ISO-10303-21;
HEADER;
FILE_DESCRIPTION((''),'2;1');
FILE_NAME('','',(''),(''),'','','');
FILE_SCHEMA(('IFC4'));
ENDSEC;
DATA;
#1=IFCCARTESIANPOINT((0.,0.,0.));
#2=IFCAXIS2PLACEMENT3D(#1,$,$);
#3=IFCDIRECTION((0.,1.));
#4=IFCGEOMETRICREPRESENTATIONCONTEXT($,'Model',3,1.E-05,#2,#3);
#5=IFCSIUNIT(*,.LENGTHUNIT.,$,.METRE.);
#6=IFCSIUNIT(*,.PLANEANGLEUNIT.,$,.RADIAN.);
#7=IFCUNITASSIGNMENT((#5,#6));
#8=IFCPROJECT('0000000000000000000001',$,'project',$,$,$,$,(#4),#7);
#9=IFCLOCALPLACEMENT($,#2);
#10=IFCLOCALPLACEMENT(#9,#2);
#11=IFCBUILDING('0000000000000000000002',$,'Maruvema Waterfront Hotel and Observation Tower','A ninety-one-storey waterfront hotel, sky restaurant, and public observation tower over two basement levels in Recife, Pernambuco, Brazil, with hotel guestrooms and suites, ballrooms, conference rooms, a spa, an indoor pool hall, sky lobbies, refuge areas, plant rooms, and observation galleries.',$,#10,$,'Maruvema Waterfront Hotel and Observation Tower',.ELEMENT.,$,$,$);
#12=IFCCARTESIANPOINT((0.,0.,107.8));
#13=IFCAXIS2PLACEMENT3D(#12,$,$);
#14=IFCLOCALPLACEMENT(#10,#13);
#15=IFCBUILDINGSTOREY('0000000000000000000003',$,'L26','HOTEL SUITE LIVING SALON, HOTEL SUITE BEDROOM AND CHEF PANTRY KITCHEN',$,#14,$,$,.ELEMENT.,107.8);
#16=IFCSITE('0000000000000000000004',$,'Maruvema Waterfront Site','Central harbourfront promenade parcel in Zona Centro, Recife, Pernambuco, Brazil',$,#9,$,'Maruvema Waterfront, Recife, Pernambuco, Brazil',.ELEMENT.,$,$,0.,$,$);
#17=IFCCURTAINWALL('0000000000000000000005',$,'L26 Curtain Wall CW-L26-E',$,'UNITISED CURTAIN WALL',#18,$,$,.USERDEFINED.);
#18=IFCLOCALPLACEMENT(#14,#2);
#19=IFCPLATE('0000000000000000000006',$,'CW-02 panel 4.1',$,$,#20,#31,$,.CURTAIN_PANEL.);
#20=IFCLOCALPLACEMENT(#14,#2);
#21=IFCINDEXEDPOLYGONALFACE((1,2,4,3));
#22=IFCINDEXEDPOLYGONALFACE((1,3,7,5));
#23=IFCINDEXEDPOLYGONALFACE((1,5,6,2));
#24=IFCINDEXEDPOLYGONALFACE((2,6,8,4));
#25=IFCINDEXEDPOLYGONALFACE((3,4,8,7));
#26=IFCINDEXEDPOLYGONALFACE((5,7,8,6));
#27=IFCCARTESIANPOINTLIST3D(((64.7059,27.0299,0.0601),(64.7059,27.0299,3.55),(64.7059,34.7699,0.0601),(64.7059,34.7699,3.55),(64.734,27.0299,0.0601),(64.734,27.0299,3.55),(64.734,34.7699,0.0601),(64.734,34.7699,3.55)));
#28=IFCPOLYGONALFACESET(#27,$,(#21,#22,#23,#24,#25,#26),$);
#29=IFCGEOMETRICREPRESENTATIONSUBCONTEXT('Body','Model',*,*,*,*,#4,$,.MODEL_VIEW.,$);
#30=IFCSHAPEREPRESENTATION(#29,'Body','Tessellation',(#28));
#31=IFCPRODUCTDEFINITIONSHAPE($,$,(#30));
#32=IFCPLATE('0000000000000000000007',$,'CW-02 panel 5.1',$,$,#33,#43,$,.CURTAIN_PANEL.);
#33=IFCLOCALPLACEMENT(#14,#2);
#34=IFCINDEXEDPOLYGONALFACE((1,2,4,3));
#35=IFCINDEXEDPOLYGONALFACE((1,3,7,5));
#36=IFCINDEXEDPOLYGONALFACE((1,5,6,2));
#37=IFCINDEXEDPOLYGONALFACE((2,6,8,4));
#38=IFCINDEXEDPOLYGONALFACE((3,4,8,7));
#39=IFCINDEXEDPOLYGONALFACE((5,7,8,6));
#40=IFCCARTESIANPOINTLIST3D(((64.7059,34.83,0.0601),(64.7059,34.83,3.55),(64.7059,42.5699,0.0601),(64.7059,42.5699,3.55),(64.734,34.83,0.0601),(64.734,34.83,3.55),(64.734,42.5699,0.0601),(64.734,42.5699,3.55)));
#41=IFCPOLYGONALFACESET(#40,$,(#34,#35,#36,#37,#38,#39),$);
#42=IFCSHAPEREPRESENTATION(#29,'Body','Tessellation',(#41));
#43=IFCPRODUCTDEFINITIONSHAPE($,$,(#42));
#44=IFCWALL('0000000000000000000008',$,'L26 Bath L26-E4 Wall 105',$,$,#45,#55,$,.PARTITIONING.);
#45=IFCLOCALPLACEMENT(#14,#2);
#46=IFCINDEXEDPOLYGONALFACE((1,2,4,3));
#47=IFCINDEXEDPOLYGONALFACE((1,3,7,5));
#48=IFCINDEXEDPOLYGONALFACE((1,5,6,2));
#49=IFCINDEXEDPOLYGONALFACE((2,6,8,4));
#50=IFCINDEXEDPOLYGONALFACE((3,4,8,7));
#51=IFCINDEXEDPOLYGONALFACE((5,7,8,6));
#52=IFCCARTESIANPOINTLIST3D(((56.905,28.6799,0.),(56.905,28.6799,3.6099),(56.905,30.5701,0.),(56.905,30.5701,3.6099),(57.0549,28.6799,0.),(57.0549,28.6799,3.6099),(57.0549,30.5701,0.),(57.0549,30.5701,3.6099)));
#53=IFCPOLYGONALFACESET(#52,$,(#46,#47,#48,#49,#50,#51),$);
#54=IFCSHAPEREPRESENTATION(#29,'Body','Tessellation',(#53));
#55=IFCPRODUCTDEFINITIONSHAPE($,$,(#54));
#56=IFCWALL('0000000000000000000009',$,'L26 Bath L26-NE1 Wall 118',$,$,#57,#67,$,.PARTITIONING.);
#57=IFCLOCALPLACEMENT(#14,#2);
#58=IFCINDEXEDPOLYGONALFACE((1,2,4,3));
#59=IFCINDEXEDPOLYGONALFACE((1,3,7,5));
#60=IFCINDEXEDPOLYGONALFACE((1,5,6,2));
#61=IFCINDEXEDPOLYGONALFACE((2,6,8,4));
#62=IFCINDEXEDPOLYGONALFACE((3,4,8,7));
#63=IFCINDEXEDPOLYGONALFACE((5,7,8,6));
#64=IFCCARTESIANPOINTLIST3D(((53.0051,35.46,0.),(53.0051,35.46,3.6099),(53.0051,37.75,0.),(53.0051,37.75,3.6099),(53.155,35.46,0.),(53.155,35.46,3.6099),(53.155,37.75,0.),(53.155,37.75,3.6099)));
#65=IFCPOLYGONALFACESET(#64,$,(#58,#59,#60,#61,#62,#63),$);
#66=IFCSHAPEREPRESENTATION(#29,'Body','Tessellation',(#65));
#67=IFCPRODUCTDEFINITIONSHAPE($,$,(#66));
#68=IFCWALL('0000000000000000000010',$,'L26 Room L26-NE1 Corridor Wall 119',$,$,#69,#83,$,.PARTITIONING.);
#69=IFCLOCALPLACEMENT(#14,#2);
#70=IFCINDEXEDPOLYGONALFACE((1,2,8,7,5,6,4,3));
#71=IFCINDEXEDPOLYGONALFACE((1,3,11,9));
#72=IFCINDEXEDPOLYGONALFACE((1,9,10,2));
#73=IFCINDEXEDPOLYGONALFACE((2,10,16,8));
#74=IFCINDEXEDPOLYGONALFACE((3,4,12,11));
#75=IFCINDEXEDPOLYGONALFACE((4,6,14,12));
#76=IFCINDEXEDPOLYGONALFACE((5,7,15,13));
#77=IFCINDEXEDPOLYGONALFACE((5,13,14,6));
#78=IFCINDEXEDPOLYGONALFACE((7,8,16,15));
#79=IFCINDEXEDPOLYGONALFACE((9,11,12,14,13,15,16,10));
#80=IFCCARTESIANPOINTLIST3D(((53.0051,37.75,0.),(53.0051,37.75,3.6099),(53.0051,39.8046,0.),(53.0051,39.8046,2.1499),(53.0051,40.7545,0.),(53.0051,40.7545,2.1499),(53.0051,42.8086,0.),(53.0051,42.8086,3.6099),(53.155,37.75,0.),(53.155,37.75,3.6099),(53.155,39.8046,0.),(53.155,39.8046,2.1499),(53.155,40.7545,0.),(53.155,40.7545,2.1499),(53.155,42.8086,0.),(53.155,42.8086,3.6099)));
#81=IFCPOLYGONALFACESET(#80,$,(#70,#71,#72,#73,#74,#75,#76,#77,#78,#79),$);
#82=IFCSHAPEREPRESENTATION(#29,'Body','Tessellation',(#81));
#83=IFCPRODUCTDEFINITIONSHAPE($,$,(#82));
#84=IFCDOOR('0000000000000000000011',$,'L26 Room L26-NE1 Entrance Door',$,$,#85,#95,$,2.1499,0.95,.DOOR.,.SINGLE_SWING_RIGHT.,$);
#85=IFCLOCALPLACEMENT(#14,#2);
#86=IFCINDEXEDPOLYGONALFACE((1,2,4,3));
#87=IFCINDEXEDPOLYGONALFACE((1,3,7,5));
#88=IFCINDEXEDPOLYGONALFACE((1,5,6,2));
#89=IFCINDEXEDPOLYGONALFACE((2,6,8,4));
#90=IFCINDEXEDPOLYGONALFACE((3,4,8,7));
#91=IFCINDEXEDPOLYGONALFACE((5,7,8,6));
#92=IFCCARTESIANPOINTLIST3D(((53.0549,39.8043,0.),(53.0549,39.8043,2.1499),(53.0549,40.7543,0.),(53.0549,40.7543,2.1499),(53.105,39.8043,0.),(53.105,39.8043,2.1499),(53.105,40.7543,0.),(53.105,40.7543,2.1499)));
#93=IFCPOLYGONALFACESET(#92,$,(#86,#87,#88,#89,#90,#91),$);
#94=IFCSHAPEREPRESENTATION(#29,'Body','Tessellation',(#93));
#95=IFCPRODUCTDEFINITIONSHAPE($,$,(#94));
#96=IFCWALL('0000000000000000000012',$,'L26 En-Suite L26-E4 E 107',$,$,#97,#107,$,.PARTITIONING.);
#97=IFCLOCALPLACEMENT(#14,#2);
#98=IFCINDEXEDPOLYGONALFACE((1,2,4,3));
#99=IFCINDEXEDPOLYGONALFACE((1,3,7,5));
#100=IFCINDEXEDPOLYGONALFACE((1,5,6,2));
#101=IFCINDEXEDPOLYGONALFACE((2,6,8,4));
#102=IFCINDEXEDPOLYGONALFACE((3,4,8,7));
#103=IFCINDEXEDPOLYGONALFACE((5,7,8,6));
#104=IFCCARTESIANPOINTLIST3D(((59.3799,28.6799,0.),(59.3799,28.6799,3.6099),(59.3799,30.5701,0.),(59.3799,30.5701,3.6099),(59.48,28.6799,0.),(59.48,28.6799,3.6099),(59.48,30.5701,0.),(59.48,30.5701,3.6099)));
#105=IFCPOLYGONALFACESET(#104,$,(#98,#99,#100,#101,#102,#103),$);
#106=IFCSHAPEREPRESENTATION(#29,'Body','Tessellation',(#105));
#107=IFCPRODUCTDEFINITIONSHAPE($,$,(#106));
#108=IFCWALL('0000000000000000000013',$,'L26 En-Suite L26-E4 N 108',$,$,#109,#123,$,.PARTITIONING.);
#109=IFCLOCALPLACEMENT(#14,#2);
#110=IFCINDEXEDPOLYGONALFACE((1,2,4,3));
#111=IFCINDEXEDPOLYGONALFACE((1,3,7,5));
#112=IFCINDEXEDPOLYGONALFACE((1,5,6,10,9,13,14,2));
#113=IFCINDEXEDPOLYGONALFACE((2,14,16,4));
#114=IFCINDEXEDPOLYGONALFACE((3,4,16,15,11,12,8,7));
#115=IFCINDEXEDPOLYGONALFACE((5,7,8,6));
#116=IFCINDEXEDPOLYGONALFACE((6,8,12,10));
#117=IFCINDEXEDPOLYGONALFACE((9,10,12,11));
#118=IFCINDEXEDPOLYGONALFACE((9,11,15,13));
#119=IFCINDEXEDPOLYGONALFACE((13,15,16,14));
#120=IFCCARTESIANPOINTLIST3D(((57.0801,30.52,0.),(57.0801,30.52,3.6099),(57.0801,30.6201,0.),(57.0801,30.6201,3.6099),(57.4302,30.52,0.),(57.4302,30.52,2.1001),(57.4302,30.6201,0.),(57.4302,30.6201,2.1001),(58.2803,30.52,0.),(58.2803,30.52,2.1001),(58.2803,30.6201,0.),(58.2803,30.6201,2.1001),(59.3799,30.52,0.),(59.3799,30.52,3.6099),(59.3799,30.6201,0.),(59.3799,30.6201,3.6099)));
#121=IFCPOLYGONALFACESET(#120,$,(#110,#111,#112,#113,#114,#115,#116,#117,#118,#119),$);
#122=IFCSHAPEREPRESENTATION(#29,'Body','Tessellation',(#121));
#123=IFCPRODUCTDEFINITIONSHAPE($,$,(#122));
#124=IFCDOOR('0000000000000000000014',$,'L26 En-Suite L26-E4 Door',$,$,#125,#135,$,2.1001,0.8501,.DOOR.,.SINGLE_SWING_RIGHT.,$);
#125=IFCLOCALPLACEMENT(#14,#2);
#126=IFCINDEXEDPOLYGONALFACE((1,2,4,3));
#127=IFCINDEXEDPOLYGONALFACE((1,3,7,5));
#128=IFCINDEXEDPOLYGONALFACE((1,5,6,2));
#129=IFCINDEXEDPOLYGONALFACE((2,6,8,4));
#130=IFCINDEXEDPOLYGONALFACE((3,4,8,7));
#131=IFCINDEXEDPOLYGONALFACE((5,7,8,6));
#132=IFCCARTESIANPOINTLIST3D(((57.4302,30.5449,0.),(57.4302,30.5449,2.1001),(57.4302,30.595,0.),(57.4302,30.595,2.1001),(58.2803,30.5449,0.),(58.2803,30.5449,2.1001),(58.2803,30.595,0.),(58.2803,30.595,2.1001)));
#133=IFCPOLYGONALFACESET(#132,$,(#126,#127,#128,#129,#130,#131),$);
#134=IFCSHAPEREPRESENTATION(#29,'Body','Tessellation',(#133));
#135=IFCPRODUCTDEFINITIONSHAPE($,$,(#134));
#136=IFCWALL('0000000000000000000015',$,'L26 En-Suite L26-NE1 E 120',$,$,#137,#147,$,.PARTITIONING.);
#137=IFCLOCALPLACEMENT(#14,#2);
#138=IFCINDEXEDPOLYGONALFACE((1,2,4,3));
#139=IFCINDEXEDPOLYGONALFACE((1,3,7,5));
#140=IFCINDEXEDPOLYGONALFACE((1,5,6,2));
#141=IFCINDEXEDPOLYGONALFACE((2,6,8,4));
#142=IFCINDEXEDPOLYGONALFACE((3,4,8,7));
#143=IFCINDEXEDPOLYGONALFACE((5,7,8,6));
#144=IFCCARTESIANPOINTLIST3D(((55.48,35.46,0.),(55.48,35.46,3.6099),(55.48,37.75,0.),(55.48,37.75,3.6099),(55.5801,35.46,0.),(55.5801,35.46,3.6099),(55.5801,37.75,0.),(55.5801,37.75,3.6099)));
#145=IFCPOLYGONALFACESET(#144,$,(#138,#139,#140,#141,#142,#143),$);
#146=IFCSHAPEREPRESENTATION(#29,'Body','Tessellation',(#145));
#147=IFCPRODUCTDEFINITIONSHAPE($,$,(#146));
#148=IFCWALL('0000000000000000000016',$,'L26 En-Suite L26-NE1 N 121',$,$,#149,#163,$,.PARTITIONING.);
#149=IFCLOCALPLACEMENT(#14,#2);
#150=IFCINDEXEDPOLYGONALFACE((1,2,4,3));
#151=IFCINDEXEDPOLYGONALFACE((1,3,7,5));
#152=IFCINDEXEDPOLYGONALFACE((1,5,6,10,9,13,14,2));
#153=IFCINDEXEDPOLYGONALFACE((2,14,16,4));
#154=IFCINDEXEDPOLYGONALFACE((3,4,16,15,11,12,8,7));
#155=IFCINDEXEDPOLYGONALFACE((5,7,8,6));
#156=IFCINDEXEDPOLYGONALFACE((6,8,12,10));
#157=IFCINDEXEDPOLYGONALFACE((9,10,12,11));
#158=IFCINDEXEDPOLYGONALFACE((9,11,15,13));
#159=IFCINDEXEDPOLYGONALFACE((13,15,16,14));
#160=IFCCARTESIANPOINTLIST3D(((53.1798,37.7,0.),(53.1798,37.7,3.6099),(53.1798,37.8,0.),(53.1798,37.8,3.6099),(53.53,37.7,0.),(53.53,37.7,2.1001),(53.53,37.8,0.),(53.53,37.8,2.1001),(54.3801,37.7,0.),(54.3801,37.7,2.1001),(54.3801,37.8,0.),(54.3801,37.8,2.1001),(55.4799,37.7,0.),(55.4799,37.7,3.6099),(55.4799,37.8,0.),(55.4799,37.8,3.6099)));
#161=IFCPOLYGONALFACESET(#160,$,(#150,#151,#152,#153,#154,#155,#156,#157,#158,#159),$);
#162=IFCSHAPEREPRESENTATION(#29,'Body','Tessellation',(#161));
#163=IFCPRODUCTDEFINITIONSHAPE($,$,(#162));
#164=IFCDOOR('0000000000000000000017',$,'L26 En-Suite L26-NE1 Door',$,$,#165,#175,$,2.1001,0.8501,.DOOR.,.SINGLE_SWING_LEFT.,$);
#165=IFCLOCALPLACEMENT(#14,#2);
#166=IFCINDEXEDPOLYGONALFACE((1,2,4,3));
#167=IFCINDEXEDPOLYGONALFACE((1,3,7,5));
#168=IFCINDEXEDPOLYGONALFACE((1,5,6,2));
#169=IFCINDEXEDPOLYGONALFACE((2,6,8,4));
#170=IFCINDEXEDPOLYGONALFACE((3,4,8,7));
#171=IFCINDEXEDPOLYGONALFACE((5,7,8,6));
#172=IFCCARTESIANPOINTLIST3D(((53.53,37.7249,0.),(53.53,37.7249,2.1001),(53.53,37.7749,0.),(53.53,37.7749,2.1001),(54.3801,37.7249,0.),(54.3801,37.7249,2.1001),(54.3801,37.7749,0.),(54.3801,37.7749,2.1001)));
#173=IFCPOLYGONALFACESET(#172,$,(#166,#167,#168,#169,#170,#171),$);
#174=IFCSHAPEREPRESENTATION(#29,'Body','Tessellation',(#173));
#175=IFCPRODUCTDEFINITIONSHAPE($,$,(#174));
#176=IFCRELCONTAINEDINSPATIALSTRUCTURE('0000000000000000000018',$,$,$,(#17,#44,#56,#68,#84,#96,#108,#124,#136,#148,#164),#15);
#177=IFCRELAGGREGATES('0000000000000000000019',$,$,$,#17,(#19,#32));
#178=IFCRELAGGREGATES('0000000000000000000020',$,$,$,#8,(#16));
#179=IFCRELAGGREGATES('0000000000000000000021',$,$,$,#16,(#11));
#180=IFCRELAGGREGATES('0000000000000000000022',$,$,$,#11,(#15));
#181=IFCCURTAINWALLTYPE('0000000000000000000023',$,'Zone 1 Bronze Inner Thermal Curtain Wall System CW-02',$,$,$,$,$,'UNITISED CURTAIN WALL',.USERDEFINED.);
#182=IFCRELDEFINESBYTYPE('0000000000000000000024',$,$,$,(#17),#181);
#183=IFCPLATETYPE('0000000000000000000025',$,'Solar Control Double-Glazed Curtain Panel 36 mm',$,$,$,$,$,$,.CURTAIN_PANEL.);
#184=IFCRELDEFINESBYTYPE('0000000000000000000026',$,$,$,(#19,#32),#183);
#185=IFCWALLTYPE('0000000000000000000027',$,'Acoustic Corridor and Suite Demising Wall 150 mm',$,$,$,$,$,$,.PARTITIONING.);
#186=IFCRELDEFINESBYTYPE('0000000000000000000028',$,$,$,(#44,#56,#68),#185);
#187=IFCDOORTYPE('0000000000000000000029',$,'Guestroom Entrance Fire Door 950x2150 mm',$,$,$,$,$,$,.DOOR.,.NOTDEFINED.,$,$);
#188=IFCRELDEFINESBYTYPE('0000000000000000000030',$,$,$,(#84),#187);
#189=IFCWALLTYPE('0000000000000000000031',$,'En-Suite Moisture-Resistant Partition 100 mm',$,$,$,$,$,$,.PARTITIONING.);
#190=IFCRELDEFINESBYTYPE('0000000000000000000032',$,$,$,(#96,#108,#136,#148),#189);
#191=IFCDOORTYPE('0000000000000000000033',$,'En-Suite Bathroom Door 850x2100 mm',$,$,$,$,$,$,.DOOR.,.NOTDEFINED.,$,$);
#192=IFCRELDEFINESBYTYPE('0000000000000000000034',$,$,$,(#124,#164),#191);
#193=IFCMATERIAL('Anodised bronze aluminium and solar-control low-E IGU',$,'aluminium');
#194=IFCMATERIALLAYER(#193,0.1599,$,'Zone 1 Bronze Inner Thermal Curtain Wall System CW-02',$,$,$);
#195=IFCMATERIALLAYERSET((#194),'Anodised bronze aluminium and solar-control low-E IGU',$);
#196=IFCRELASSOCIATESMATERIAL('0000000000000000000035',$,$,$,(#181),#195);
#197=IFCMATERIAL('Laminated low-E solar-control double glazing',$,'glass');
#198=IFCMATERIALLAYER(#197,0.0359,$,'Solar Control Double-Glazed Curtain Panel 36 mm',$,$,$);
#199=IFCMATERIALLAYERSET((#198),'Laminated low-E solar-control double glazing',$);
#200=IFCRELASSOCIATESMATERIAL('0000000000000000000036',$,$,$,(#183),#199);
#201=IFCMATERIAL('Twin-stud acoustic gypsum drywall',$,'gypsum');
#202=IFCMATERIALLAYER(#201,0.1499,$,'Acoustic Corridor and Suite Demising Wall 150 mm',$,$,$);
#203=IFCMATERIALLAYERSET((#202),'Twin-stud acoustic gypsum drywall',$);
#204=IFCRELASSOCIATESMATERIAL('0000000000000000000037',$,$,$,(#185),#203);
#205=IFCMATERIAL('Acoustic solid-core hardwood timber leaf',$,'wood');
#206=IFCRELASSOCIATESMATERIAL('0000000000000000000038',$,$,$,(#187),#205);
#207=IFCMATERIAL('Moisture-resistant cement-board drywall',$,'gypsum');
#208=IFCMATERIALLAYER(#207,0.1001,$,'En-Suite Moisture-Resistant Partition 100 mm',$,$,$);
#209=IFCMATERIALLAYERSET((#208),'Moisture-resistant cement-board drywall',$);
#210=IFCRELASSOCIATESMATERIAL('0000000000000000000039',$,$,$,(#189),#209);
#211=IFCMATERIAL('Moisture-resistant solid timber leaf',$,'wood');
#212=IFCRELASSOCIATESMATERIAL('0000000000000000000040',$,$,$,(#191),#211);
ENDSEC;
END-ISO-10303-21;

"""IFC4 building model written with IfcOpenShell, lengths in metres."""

from ifc_helpers import new_model, si_unit, direction, frame, frame_2d, origin, origin_2d, place, context, subcontext, project, spatial, rectangle, extrude, material, layer, layer_set, type_object, element, fill, aggregate, save


model = new_model("IFC4")

# Units and contexts
model_context = context("Model", 3, precision=1e-05, world=origin(), true_north=direction((0.0, 1.0)))
body_context = subcontext(model_context, "Body", "Model", "MODEL_VIEW")
ifc_project = project(units=[si_unit("LENGTHUNIT", "METRE"), si_unit("PLANEANGLEUNIT", "RADIAN")], contexts=[model_context])

# Site, building, storey
site_placement = place(None, origin())
site = spatial("IfcSite", under=ifc_project, at=site_placement, Name="Maruvema Waterfront Site", Description="Central harbourfront promenade parcel in Zona Centro, Recife, Pernambuco, Brazil", LongName="Maruvema Waterfront, Recife, Pernambuco, Brazil", CompositionType="ELEMENT", RefElevation=0.0)
building_placement = place(site_placement, origin())
building = spatial("IfcBuilding", under=site, at=building_placement, Name="Maruvema Waterfront Hotel and Observation Tower", Description="A ninety-one-storey waterfront hotel, sky restaurant, and public observation tower over two basement levels in Recife, Pernambuco, Brazil, with hotel guestrooms and suites, ballrooms, conference rooms, a spa, an indoor pool hall, sky lobbies, refuge areas, plant rooms, and observation galleries.", LongName="Maruvema Waterfront Hotel and Observation Tower", CompositionType="ELEMENT")
storey_placement = place(building_placement, frame((0.0, 0.0, 107.8)))
storey = spatial("IfcBuildingStorey", under=building, at=storey_placement, Name="L26", Description="HOTEL SUITE LIVING SALON, HOTEL SUITE BEDROOM AND CHEF PANTRY KITCHEN", CompositionType="ELEMENT", Elevation=107.8)

# Curtain wall
ifc_material_1 = material(Name="Anodised bronze aluminium and solar-control low-E IGU", Category="aluminium")
ifc_layer_1 = layer(ifc_material_1, 0.1599, Name="Zone 1 Bronze Inner Thermal Curtain Wall System CW-02")
ifc_layer_set_1 = layer_set([ifc_layer_1], Name="Anodised bronze aluminium and solar-control low-E IGU")
curtain_wall_type = type_object("IfcCurtainWallType", Name="Zone 1 Bronze Inner Thermal Curtain Wall System CW-02", ElementType="UNITISED CURTAIN WALL", PredefinedType="USERDEFINED", material=ifc_layer_set_1)
curtain_wall_placement = place(storey_placement, origin())
curtain_wall = element("IfcCurtainWall", 1, at=curtain_wall_placement, inside=storey, type_object=curtain_wall_type, Name="L26 Curtain Wall CW-L26-E", ObjectType="UNITISED CURTAIN WALL", PredefinedType="USERDEFINED")

# Plates
ifc_material_2 = material(Name="Laminated low-E solar-control double glazing", Category="glass")
ifc_layer_2 = layer(ifc_material_2, 0.0359, Name="Solar Control Double-Glazed Curtain Panel 36 mm")
ifc_layer_set_2 = layer_set([ifc_layer_2], Name="Laminated low-E solar-control double glazing")
plate_type = type_object("IfcPlateType", Name="Solar Control Double-Glazed Curtain Panel 36 mm", PredefinedType="CURTAIN_PANEL", material=ifc_layer_set_2)
plate_1_placement = place(storey_placement, frame((64.72, 30.8999, 0.0601), z_axis=(0.0, 0.0, 1.0), x_axis=(0.0, 1.0, 0.0)))
plate_1 = element("IfcPlate", 2, at=plate_1_placement, type_object=plate_type, Name="CW-02 panel 4.1", PredefinedType="CURTAIN_PANEL", context=body_context, shape_type="SweptSolid", body=[
    extrude(rectangle(XDim=7.74, YDim=0.0281, at=origin_2d()), origin(), (0.0, 0.0, 1.0), 3.49),
])
plate_2_placement = place(storey_placement, frame((64.72, 38.7, 0.0601), z_axis=(0.0, 0.0, 1.0), x_axis=(0.0, 1.0, 0.0)))
plate_2 = element("IfcPlate", 3, at=plate_2_placement, type_object=plate_type, Name="CW-02 panel 5.1", PredefinedType="CURTAIN_PANEL", context=body_context, shape_type="SweptSolid", body=[
    extrude(rectangle(XDim=7.74, YDim=0.0281, at=origin_2d()), origin(), (0.0, 0.0, 1.0), 3.49),
])
aggregate(curtain_wall, [plate_1, plate_2])

# Wall
ifc_material_3 = material(Name="Twin-stud acoustic gypsum drywall", Category="gypsum")
ifc_layer_3 = layer(ifc_material_3, 0.1499, Name="Acoustic Corridor and Suite Demising Wall 150 mm")
ifc_layer_set_3 = layer_set([ifc_layer_3], Name="Twin-stud acoustic gypsum drywall")
wall_type_1 = type_object("IfcWallType", Name="Acoustic Corridor and Suite Demising Wall 150 mm", PredefinedType="PARTITIONING", material=ifc_layer_set_3)
wall_1_placement = place(storey_placement, frame((56.98, 28.6799, 0.0), z_axis=(0.0, 0.0, 1.0), x_axis=(0.0, 1.0, 0.0)))
element("IfcWall", 4, at=wall_1_placement, inside=storey, type_object=wall_type_1, Name="L26 Bath L26-E4 Wall 105", PredefinedType="PARTITIONING", context=body_context, shape_type="SweptSolid", body=[
    extrude(rectangle(XDim=1.8901, YDim=0.1499, at=frame_2d((0.9451, 0.0))), origin(), (0.0, 0.0, 1.0), 3.6099),
])

# Shared definitions
ifc_material_4 = material(Name="Acoustic solid-core hardwood timber leaf", Category="wood")
door_type_1 = type_object("IfcDoorType", Name="Guestroom Entrance Fire Door 950x2150 mm", OperationType="NOTDEFINED", PredefinedType="DOOR", material=ifc_material_4)

# Wall
wall_2_placement = place(storey_placement, frame((53.0801, 35.46, 0.0), z_axis=(0.0, 0.0, 1.0), x_axis=(0.0, 1.0, 0.0)))
element("IfcWall", 5, at=wall_2_placement, inside=storey, type_object=wall_type_1, Name="L26 Bath L26-NE1 Wall 118", PredefinedType="PARTITIONING", context=body_context, shape_type="SweptSolid", body=[
    extrude(rectangle(XDim=2.29, YDim=0.1499, at=frame_2d((1.145, 0.0))), origin(), (0.0, 0.0, 1.0), 3.6099),
])

# Wall, opening, door
wall_3_placement = place(storey_placement, frame((53.0801, 37.75, 0.0), z_axis=(0.0, 0.0, 1.0), x_axis=(0.0, 1.0, 0.0)))
wall_3 = element("IfcWall", 6, at=wall_3_placement, inside=storey, type_object=wall_type_1, Name="L26 Room L26-NE1 Corridor Wall 119", PredefinedType="PARTITIONING", context=body_context, shape_type="SweptSolid", body=[
    extrude(rectangle(XDim=5.0586, YDim=0.1499, at=frame_2d((2.5293, 0.0))), origin(), (0.0, 0.0, 1.0), 3.6099),
])
opening_1_placement = place(wall_3_placement, frame((2.0544, 0.0, 0.0)))
opening_1 = element("IfcOpeningElement", 7, at=opening_1_placement, cuts=wall_3, PredefinedType="OPENING", context=body_context, shape_type="SweptSolid", body=[
    extrude(rectangle(XDim=0.95, YDim=2.1499, at=frame_2d((0.4751, 1.075))), frame((0.0, 0.085, 0.0), z_axis=(0.0, -1.0, 0.0), x_axis=(1.0, 0.0, 0.0)), (0.0, 0.0, 1.0), 0.1699),
])
door_1_placement = place(opening_1_placement, frame((0.95, 0.0, 0.0), z_axis=(0.0, 0.0, 1.0), x_axis=(-1.0, 0.0, 0.0)))
door_1 = element("IfcDoor", 8, at=door_1_placement, inside=storey, type_object=door_type_1, Name="L26 Room L26-NE1 Entrance Door", OperationType="SINGLE_SWING_RIGHT", OverallHeight=2.1499, OverallWidth=0.95, PredefinedType="DOOR", context=body_context, shape_type="SweptSolid", body=[
    extrude(rectangle(XDim=0.95, YDim=2.1499, at=frame_2d((0.4751, 1.075))), frame((0.0, 0.0249, 0.0), z_axis=(0.0, -1.0, 0.0), x_axis=(1.0, 0.0, 0.0)), (0.0, 0.0, 1.0), 0.05),
])
fill(opening_1, door_1)

# Wall
ifc_material_5 = material(Name="Moisture-resistant cement-board drywall", Category="gypsum")
ifc_layer_4 = layer(ifc_material_5, 0.1001, Name="En-Suite Moisture-Resistant Partition 100 mm")
ifc_layer_set_4 = layer_set([ifc_layer_4], Name="Moisture-resistant cement-board drywall")
wall_type_2 = type_object("IfcWallType", Name="En-Suite Moisture-Resistant Partition 100 mm", PredefinedType="PARTITIONING", material=ifc_layer_set_4)
wall_4_placement = place(storey_placement, frame((59.4299, 28.6799, 0.0), z_axis=(0.0, 0.0, 1.0), x_axis=(0.0, 1.0, 0.0)))
element("IfcWall", 9, at=wall_4_placement, inside=storey, type_object=wall_type_2, Name="L26 En-Suite L26-E4 E 107", PredefinedType="PARTITIONING", context=body_context, shape_type="SweptSolid", body=[
    extrude(rectangle(XDim=1.8901, YDim=0.1001, at=frame_2d((0.9451, 0.0))), origin(), (0.0, 0.0, 1.0), 3.6099),
])

# Wall, opening, door
wall_5_placement = place(storey_placement, frame((57.0801, 30.5701, 0.0), z_axis=(0.0, 0.0, 1.0), x_axis=(1.0, 0.0, 0.0)))
wall_5 = element("IfcWall", 10, at=wall_5_placement, inside=storey, type_object=wall_type_2, Name="L26 En-Suite L26-E4 N 108", PredefinedType="PARTITIONING", context=body_context, shape_type="SweptSolid", body=[
    extrude(rectangle(XDim=2.2998, YDim=0.1001, at=frame_2d((1.1499, 0.0))), origin(), (0.0, 0.0, 1.0), 3.6099),
])
opening_2_placement = place(wall_5_placement, frame((0.3501, 0.0, 0.0)))
opening_2 = element("IfcOpeningElement", 11, at=opening_2_placement, cuts=wall_5, PredefinedType="OPENING", context=body_context, shape_type="SweptSolid", body=[
    extrude(rectangle(XDim=0.8501, YDim=2.1001, at=frame_2d((0.425, 1.05))), frame((0.0, 0.0601, 0.0), z_axis=(0.0, -1.0, 0.0), x_axis=(1.0, 0.0, 0.0)), (0.0, 0.0, 1.0), 0.1201),
])
ifc_material_6 = material(Name="Moisture-resistant solid timber leaf", Category="wood")
door_type_2 = type_object("IfcDoorType", Name="En-Suite Bathroom Door 850x2100 mm", OperationType="NOTDEFINED", PredefinedType="DOOR", material=ifc_material_6)
door_2_placement = place(opening_2_placement, origin())
door_2 = element("IfcDoor", 12, at=door_2_placement, inside=storey, type_object=door_type_2, Name="L26 En-Suite L26-E4 Door", OperationType="SINGLE_SWING_RIGHT", OverallHeight=2.1001, OverallWidth=0.8501, PredefinedType="DOOR", context=body_context, shape_type="SweptSolid", body=[
    extrude(rectangle(XDim=0.8501, YDim=2.1001, at=frame_2d((0.425, 1.05))), frame((0.0, 0.0249, 0.0), z_axis=(0.0, -1.0, 0.0), x_axis=(1.0, 0.0, 0.0)), (0.0, 0.0, 1.0), 0.05),
])
fill(opening_2, door_2)

# Wall
wall_6_placement = place(storey_placement, frame((55.53, 35.46, 0.0), z_axis=(0.0, 0.0, 1.0), x_axis=(0.0, 1.0, 0.0)))
element("IfcWall", 13, at=wall_6_placement, inside=storey, type_object=wall_type_2, Name="L26 En-Suite L26-NE1 E 120", PredefinedType="PARTITIONING", context=body_context, shape_type="SweptSolid", body=[
    extrude(rectangle(XDim=2.29, YDim=0.1001, at=frame_2d((1.145, 0.0))), origin(), (0.0, 0.0, 1.0), 3.6099),
])

# Wall, opening, door
wall_7_placement = place(storey_placement, frame((53.1799, 37.75, 0.0), z_axis=(0.0, 0.0, 1.0), x_axis=(1.0, 0.0, 0.0)))
wall_7 = element("IfcWall", 14, at=wall_7_placement, inside=storey, type_object=wall_type_2, Name="L26 En-Suite L26-NE1 N 121", PredefinedType="PARTITIONING", context=body_context, shape_type="SweptSolid", body=[
    extrude(rectangle(XDim=2.3, YDim=0.1001, at=frame_2d((1.1499, 0.0))), origin(), (0.0, 0.0, 1.0), 3.6099),
])
opening_3_placement = place(wall_7_placement, frame((0.3501, 0.0, 0.0)))
opening_3 = element("IfcOpeningElement", 15, at=opening_3_placement, cuts=wall_7, PredefinedType="OPENING", context=body_context, shape_type="SweptSolid", body=[
    extrude(rectangle(XDim=0.8501, YDim=2.1001, at=frame_2d((0.425, 1.05))), frame((0.0, 0.0601, 0.0), z_axis=(0.0, -1.0, 0.0), x_axis=(1.0, 0.0, 0.0)), (0.0, 0.0, 1.0), 0.1201),
])
door_3_placement = place(opening_3_placement, origin())
door_3 = element("IfcDoor", 16, at=door_3_placement, inside=storey, type_object=door_type_2, Name="L26 En-Suite L26-NE1 Door", OperationType="SINGLE_SWING_LEFT", OverallHeight=2.1001, OverallWidth=0.8501, PredefinedType="DOOR", context=body_context, shape_type="SweptSolid", body=[
    extrude(rectangle(XDim=0.8501, YDim=2.1001, at=frame_2d((0.425, 1.05))), frame((0.0, 0.0249, 0.0), z_axis=(0.0, -1.0, 0.0), x_axis=(1.0, 0.0, 0.0)), (0.0, 0.0, 1.0), 0.05),
])
fill(opening_3, door_3)

save(model, "model.ifc")
